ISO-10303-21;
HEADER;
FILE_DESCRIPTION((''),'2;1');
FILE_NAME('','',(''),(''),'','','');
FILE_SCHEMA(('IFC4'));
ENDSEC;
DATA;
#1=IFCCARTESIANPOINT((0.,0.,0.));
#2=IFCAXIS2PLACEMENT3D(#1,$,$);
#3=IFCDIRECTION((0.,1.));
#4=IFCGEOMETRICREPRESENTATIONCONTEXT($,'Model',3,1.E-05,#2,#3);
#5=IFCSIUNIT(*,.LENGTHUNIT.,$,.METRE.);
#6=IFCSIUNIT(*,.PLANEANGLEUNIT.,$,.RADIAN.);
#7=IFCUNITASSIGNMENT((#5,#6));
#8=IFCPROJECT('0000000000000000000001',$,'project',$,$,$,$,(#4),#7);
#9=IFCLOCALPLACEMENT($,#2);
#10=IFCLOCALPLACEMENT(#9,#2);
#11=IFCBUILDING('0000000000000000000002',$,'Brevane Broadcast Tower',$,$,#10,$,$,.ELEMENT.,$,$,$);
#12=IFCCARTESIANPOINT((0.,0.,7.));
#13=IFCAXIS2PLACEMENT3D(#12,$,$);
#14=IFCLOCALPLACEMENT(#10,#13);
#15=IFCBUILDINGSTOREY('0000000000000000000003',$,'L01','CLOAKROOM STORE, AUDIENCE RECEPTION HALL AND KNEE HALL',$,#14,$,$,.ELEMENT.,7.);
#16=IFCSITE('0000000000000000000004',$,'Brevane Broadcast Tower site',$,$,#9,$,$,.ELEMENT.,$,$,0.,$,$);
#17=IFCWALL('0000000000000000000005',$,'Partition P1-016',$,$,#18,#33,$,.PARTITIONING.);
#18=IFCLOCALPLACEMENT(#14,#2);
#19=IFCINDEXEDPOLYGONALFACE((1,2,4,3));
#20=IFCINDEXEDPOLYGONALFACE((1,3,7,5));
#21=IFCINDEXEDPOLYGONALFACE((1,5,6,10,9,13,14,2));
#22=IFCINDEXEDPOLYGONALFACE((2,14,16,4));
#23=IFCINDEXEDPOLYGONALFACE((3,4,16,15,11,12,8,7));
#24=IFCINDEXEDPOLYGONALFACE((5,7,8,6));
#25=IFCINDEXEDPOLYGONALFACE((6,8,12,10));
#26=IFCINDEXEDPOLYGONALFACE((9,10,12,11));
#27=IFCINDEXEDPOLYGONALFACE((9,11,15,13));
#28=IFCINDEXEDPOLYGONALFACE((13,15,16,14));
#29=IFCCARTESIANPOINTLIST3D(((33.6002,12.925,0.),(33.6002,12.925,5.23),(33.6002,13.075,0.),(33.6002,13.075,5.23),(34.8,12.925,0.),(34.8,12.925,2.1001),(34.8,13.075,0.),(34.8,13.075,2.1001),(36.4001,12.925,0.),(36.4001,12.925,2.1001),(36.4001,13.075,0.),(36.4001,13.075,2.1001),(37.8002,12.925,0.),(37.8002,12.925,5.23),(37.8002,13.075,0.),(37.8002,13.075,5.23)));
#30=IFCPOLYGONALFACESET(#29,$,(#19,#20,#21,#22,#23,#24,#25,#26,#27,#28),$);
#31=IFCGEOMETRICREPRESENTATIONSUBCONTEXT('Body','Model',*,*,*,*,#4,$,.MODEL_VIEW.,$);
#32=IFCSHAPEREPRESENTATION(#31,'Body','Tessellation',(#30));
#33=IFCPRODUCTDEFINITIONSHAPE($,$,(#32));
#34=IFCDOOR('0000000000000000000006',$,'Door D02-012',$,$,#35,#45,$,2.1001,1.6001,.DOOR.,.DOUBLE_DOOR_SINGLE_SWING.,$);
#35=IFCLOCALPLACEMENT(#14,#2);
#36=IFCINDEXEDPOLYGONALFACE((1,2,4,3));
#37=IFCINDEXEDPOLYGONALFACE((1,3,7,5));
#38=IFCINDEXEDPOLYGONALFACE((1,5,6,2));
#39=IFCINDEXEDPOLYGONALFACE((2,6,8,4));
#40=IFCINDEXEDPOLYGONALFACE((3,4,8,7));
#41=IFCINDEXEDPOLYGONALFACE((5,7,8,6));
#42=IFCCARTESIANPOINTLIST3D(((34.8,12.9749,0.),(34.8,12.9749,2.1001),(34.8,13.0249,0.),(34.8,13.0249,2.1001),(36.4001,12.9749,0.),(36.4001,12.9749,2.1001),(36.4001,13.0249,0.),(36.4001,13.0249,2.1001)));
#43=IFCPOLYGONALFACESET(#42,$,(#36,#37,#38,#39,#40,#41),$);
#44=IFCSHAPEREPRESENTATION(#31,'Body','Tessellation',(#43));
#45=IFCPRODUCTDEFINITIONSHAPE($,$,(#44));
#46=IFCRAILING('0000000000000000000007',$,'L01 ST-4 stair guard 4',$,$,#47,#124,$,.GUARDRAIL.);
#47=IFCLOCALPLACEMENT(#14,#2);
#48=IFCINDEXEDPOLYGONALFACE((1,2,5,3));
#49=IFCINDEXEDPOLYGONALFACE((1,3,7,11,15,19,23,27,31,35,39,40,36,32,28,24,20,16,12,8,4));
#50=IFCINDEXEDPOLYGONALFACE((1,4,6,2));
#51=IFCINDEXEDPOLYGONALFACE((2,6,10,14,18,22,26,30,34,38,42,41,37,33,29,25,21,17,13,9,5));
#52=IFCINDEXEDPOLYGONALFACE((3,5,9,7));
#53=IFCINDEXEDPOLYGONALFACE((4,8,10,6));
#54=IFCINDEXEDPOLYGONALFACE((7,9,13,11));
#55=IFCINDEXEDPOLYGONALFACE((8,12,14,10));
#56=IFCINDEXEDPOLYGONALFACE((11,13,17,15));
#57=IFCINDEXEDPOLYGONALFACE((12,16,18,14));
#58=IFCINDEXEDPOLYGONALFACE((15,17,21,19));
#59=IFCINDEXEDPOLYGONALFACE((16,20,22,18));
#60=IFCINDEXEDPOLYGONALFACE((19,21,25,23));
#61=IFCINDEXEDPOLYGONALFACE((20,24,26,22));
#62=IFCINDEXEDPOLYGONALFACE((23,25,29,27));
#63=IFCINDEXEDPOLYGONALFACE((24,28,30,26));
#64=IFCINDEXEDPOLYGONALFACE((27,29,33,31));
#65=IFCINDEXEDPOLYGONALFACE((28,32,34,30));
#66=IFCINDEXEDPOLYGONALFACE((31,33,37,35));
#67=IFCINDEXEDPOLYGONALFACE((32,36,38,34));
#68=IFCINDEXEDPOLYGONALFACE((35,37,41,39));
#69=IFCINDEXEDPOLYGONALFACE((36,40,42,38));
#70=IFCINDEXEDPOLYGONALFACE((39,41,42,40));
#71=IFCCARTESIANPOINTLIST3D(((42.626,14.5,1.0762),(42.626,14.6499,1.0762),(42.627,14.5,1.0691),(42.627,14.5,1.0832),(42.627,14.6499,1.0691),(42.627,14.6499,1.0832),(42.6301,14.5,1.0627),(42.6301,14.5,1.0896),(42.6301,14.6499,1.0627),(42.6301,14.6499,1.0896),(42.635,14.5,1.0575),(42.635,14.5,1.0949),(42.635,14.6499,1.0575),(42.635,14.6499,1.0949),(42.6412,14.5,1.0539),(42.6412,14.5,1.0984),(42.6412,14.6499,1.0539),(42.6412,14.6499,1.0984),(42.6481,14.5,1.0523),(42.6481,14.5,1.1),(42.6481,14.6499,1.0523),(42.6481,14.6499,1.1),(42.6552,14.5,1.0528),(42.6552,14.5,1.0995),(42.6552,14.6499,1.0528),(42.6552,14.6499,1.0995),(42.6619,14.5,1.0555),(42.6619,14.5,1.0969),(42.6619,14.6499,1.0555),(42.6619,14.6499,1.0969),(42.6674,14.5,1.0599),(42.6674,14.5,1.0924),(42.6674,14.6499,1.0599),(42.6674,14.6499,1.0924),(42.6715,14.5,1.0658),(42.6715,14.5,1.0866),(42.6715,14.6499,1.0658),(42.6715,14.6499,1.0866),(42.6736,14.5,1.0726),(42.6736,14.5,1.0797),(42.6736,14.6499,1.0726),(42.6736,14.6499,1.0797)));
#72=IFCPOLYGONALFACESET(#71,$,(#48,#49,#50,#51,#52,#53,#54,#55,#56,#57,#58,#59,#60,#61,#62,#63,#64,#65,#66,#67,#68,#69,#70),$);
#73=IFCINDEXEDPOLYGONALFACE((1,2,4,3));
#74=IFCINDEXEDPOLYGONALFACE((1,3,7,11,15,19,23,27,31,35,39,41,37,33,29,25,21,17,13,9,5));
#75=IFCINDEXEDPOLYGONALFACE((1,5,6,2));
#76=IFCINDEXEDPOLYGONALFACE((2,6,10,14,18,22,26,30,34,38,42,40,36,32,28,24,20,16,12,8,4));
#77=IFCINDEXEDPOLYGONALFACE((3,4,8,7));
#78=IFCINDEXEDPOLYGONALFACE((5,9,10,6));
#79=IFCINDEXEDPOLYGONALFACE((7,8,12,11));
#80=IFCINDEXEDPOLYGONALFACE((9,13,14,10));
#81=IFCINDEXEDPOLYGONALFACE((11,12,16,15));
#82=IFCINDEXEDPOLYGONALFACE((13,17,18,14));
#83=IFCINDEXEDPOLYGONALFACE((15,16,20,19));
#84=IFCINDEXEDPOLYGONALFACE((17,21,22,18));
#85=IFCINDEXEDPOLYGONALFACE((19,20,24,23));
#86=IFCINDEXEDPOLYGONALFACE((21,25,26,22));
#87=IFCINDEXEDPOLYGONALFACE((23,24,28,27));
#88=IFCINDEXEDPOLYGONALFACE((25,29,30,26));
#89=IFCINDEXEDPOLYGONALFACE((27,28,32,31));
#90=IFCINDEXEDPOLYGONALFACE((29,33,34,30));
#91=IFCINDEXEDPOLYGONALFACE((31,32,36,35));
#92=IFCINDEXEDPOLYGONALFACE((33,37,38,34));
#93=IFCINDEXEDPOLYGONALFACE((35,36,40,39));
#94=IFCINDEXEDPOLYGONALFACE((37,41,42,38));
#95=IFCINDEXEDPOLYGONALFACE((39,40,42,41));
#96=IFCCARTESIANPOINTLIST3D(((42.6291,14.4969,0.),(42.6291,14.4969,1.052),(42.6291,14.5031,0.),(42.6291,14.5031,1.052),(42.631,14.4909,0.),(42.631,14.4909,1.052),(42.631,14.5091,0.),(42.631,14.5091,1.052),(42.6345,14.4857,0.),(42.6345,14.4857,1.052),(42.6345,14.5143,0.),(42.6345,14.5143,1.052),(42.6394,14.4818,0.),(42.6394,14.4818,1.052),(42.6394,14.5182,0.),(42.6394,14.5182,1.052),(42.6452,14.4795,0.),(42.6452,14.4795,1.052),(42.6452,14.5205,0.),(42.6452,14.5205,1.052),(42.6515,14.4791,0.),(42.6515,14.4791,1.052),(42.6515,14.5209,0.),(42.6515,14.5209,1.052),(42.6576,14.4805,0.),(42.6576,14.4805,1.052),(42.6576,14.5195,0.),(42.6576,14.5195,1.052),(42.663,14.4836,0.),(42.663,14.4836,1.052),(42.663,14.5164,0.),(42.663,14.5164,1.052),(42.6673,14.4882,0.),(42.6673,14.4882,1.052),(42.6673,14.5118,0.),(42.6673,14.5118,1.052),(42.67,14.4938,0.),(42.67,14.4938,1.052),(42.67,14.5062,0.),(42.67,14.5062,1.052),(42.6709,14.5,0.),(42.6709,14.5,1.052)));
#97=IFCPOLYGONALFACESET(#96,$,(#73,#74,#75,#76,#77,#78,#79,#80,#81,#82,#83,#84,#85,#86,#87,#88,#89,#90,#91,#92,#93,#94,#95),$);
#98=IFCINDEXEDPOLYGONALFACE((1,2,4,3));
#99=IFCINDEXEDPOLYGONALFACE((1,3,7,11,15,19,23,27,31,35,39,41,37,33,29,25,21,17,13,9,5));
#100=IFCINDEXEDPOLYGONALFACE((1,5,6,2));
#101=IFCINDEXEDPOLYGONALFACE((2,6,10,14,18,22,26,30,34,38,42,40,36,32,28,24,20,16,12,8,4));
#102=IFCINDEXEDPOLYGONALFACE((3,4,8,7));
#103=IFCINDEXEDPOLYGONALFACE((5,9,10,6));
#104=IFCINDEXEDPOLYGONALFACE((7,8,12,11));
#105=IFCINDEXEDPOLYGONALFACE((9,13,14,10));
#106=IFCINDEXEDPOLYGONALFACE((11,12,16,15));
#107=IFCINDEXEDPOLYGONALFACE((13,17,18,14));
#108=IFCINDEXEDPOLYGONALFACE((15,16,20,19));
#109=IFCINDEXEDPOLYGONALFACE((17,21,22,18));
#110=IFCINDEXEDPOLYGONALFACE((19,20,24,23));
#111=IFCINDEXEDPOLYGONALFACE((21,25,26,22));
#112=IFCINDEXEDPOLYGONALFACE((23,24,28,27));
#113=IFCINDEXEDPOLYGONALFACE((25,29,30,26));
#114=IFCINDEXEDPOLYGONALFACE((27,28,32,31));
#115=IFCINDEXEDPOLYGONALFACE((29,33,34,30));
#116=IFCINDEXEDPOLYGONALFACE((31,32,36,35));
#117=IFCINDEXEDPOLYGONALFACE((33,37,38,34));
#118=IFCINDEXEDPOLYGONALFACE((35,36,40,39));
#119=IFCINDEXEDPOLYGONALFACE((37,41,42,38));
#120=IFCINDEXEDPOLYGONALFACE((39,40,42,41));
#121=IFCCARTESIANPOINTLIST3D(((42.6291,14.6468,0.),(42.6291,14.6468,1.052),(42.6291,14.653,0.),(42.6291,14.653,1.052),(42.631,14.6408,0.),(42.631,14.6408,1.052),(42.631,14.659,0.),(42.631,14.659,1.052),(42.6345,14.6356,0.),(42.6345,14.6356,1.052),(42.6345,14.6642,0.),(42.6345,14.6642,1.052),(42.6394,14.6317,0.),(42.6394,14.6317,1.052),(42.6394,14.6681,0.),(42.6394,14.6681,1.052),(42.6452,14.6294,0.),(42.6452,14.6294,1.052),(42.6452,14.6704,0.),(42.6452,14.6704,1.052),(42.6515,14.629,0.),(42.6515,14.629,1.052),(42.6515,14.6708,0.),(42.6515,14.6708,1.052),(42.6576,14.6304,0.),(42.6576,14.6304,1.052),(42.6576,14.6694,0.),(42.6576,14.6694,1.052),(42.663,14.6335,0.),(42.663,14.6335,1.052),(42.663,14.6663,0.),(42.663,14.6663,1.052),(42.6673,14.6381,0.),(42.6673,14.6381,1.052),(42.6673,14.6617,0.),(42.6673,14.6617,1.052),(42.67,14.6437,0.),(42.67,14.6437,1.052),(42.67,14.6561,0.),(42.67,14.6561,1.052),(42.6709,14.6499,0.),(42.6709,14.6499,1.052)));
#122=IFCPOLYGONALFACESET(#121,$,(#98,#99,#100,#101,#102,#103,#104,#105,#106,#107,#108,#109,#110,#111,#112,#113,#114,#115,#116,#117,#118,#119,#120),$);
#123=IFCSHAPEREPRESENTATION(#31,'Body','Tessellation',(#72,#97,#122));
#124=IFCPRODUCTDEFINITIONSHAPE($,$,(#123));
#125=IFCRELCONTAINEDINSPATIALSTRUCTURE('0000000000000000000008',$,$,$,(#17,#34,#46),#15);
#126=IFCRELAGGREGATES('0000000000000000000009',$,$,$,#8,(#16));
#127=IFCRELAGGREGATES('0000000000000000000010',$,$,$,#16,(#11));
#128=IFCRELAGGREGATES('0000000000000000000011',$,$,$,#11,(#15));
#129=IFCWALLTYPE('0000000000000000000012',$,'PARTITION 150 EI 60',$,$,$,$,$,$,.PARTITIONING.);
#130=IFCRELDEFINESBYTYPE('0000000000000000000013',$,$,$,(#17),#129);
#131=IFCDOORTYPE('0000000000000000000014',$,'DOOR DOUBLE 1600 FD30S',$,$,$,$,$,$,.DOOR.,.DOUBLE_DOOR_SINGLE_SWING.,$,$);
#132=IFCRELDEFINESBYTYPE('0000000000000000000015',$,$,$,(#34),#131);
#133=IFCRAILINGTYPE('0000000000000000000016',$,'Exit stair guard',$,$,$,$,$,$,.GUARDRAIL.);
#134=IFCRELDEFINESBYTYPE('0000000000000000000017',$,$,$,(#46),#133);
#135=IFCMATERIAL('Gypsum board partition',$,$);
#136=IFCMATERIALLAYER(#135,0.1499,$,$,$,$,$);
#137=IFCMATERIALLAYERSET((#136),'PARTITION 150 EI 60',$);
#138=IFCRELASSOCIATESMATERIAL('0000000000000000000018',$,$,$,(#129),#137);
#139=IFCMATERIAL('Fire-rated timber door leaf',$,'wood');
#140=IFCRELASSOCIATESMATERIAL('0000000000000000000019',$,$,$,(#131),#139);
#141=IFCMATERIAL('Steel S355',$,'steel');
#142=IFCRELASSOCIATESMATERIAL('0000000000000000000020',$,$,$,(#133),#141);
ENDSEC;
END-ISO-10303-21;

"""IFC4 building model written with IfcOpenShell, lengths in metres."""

from ifc_helpers import new_model, si_unit, direction, frame, frame_2d, origin, origin_2d, place, context, subcontext, project, spatial, rectangle, circle, extrude, material, layer, layer_set, type_object, element, fill, save


model = new_model("IFC4")

# Units and contexts
model_context = context("Model", 3, precision=1e-05, world=origin(), true_north=direction((0.0, 1.0)))
body_context = subcontext(model_context, "Body", "Model", "MODEL_VIEW")
ifc_project = project(units=[si_unit("LENGTHUNIT", "METRE"), si_unit("PLANEANGLEUNIT", "RADIAN")], contexts=[model_context])

# Site, building, storey
site_placement = place(None, origin())
site = spatial("IfcSite", under=ifc_project, at=site_placement, Name="Brevane Broadcast Tower site", CompositionType="ELEMENT", RefElevation=0.0)
building_placement = place(site_placement, origin())
building = spatial("IfcBuilding", under=site, at=building_placement, Name="Brevane Broadcast Tower", CompositionType="ELEMENT")
storey_placement = place(building_placement, frame((0.0, 0.0, 7.0)))
storey = spatial("IfcBuildingStorey", under=building, at=storey_placement, Name="L01", Description="CLOAKROOM STORE, AUDIENCE RECEPTION HALL AND KNEE HALL", CompositionType="ELEMENT", Elevation=7.0)

# Shared definitions
ifc_material_1 = material(Name="Gypsum board partition")
ifc_layer_1 = layer(ifc_material_1, 0.1499)
ifc_layer_set_1 = layer_set([ifc_layer_1], Name="PARTITION 150 EI 60")
wall_type_1 = type_object("IfcWallType", Name="PARTITION 150 EI 60", PredefinedType="PARTITIONING", material=ifc_layer_set_1)

# Shared definitions
ifc_material_2 = material(Name="Fire-rated timber door leaf", Category="wood")
door_type_1 = type_object("IfcDoorType", Name="DOOR DOUBLE 1600 FD30S", OperationType="DOUBLE_DOOR_SINGLE_SWING", PredefinedType="DOOR", material=ifc_material_2)

# Wall, opening, door
wall_1_placement = place(storey_placement, frame((33.6001, 13.0, 0.0), z_axis=(0.0, 0.0, 1.0), x_axis=(1.0, 0.0, 0.0)))
wall_1 = element("IfcWall", 1, at=wall_1_placement, inside=storey, type_object=wall_type_1, Name="Partition P1-016", PredefinedType="PARTITIONING", context=body_context, shape_type="SweptSolid", body=[
    extrude(rectangle(XDim=4.2, YDim=0.1499, at=frame_2d((2.1001, 0.0))), origin(), (0.0, 0.0, 1.0), 5.23),
])
opening_1_placement = place(wall_1_placement, frame((1.2, 0.0, 0.0)))
opening_1 = element("IfcOpeningElement", 2, at=opening_1_placement, cuts=wall_1, PredefinedType="OPENING", context=body_context, shape_type="SweptSolid", body=[
    extrude(rectangle(XDim=1.6001, YDim=2.1001, at=frame_2d((0.8, 1.05))), frame((0.0, 0.085, 0.0), z_axis=(0.0, -1.0, 0.0), x_axis=(1.0, 0.0, 0.0)), (0.0, 0.0, 1.0), 0.1699),
])
door_1_placement = place(opening_1_placement, origin())
door_1 = element("IfcDoor", 3, at=door_1_placement, inside=storey, type_object=door_type_1, Name="Door D02-012", OperationType="DOUBLE_DOOR_SINGLE_SWING", OverallHeight=2.1001, OverallWidth=1.6001, PredefinedType="DOOR", context=body_context, shape_type="SweptSolid", body=[
    extrude(rectangle(XDim=1.6001, YDim=2.1001, at=frame_2d((0.8, 1.05))), frame((0.0, 0.0249, 0.0), z_axis=(0.0, -1.0, 0.0), x_axis=(1.0, 0.0, 0.0)), (0.0, 0.0, 1.0), 0.05),
])
fill(opening_1, door_1)

# Railing
ifc_material_3 = material(Name="Steel S355", Category="steel")
railing_type = type_object("IfcRailingType", Name="Exit stair guard", PredefinedType="GUARDRAIL", material=ifc_material_3)
railing_placement = place(storey_placement, frame((42.6499, 14.5, 0.0)))
element("IfcRailing", 4, at=railing_placement, inside=storey, type_object=railing_type, Name="L01 ST-4 stair guard 4", PredefinedType="GUARDRAIL", context=body_context, shape_type="SweptSolid", body=[
    extrude(circle(Radius=0.0239, at=origin_2d()), frame((0.0, 0.0, 1.0762), z_axis=(0.0, 1.0, 0.0), x_axis=(-1.0, 0.0, 0.0)), (0.0, 0.0, 1.0), 0.1499),
    extrude(circle(Radius=0.021, at=origin_2d()), origin(), (0.0, 0.0, 1.0), 1.052),
    extrude(circle(Radius=0.021, at=origin_2d()), frame((0.0, 0.1499, 0.0)), (0.0, 0.0, 1.0), 1.052),
])

save(model, "model.ifc")
